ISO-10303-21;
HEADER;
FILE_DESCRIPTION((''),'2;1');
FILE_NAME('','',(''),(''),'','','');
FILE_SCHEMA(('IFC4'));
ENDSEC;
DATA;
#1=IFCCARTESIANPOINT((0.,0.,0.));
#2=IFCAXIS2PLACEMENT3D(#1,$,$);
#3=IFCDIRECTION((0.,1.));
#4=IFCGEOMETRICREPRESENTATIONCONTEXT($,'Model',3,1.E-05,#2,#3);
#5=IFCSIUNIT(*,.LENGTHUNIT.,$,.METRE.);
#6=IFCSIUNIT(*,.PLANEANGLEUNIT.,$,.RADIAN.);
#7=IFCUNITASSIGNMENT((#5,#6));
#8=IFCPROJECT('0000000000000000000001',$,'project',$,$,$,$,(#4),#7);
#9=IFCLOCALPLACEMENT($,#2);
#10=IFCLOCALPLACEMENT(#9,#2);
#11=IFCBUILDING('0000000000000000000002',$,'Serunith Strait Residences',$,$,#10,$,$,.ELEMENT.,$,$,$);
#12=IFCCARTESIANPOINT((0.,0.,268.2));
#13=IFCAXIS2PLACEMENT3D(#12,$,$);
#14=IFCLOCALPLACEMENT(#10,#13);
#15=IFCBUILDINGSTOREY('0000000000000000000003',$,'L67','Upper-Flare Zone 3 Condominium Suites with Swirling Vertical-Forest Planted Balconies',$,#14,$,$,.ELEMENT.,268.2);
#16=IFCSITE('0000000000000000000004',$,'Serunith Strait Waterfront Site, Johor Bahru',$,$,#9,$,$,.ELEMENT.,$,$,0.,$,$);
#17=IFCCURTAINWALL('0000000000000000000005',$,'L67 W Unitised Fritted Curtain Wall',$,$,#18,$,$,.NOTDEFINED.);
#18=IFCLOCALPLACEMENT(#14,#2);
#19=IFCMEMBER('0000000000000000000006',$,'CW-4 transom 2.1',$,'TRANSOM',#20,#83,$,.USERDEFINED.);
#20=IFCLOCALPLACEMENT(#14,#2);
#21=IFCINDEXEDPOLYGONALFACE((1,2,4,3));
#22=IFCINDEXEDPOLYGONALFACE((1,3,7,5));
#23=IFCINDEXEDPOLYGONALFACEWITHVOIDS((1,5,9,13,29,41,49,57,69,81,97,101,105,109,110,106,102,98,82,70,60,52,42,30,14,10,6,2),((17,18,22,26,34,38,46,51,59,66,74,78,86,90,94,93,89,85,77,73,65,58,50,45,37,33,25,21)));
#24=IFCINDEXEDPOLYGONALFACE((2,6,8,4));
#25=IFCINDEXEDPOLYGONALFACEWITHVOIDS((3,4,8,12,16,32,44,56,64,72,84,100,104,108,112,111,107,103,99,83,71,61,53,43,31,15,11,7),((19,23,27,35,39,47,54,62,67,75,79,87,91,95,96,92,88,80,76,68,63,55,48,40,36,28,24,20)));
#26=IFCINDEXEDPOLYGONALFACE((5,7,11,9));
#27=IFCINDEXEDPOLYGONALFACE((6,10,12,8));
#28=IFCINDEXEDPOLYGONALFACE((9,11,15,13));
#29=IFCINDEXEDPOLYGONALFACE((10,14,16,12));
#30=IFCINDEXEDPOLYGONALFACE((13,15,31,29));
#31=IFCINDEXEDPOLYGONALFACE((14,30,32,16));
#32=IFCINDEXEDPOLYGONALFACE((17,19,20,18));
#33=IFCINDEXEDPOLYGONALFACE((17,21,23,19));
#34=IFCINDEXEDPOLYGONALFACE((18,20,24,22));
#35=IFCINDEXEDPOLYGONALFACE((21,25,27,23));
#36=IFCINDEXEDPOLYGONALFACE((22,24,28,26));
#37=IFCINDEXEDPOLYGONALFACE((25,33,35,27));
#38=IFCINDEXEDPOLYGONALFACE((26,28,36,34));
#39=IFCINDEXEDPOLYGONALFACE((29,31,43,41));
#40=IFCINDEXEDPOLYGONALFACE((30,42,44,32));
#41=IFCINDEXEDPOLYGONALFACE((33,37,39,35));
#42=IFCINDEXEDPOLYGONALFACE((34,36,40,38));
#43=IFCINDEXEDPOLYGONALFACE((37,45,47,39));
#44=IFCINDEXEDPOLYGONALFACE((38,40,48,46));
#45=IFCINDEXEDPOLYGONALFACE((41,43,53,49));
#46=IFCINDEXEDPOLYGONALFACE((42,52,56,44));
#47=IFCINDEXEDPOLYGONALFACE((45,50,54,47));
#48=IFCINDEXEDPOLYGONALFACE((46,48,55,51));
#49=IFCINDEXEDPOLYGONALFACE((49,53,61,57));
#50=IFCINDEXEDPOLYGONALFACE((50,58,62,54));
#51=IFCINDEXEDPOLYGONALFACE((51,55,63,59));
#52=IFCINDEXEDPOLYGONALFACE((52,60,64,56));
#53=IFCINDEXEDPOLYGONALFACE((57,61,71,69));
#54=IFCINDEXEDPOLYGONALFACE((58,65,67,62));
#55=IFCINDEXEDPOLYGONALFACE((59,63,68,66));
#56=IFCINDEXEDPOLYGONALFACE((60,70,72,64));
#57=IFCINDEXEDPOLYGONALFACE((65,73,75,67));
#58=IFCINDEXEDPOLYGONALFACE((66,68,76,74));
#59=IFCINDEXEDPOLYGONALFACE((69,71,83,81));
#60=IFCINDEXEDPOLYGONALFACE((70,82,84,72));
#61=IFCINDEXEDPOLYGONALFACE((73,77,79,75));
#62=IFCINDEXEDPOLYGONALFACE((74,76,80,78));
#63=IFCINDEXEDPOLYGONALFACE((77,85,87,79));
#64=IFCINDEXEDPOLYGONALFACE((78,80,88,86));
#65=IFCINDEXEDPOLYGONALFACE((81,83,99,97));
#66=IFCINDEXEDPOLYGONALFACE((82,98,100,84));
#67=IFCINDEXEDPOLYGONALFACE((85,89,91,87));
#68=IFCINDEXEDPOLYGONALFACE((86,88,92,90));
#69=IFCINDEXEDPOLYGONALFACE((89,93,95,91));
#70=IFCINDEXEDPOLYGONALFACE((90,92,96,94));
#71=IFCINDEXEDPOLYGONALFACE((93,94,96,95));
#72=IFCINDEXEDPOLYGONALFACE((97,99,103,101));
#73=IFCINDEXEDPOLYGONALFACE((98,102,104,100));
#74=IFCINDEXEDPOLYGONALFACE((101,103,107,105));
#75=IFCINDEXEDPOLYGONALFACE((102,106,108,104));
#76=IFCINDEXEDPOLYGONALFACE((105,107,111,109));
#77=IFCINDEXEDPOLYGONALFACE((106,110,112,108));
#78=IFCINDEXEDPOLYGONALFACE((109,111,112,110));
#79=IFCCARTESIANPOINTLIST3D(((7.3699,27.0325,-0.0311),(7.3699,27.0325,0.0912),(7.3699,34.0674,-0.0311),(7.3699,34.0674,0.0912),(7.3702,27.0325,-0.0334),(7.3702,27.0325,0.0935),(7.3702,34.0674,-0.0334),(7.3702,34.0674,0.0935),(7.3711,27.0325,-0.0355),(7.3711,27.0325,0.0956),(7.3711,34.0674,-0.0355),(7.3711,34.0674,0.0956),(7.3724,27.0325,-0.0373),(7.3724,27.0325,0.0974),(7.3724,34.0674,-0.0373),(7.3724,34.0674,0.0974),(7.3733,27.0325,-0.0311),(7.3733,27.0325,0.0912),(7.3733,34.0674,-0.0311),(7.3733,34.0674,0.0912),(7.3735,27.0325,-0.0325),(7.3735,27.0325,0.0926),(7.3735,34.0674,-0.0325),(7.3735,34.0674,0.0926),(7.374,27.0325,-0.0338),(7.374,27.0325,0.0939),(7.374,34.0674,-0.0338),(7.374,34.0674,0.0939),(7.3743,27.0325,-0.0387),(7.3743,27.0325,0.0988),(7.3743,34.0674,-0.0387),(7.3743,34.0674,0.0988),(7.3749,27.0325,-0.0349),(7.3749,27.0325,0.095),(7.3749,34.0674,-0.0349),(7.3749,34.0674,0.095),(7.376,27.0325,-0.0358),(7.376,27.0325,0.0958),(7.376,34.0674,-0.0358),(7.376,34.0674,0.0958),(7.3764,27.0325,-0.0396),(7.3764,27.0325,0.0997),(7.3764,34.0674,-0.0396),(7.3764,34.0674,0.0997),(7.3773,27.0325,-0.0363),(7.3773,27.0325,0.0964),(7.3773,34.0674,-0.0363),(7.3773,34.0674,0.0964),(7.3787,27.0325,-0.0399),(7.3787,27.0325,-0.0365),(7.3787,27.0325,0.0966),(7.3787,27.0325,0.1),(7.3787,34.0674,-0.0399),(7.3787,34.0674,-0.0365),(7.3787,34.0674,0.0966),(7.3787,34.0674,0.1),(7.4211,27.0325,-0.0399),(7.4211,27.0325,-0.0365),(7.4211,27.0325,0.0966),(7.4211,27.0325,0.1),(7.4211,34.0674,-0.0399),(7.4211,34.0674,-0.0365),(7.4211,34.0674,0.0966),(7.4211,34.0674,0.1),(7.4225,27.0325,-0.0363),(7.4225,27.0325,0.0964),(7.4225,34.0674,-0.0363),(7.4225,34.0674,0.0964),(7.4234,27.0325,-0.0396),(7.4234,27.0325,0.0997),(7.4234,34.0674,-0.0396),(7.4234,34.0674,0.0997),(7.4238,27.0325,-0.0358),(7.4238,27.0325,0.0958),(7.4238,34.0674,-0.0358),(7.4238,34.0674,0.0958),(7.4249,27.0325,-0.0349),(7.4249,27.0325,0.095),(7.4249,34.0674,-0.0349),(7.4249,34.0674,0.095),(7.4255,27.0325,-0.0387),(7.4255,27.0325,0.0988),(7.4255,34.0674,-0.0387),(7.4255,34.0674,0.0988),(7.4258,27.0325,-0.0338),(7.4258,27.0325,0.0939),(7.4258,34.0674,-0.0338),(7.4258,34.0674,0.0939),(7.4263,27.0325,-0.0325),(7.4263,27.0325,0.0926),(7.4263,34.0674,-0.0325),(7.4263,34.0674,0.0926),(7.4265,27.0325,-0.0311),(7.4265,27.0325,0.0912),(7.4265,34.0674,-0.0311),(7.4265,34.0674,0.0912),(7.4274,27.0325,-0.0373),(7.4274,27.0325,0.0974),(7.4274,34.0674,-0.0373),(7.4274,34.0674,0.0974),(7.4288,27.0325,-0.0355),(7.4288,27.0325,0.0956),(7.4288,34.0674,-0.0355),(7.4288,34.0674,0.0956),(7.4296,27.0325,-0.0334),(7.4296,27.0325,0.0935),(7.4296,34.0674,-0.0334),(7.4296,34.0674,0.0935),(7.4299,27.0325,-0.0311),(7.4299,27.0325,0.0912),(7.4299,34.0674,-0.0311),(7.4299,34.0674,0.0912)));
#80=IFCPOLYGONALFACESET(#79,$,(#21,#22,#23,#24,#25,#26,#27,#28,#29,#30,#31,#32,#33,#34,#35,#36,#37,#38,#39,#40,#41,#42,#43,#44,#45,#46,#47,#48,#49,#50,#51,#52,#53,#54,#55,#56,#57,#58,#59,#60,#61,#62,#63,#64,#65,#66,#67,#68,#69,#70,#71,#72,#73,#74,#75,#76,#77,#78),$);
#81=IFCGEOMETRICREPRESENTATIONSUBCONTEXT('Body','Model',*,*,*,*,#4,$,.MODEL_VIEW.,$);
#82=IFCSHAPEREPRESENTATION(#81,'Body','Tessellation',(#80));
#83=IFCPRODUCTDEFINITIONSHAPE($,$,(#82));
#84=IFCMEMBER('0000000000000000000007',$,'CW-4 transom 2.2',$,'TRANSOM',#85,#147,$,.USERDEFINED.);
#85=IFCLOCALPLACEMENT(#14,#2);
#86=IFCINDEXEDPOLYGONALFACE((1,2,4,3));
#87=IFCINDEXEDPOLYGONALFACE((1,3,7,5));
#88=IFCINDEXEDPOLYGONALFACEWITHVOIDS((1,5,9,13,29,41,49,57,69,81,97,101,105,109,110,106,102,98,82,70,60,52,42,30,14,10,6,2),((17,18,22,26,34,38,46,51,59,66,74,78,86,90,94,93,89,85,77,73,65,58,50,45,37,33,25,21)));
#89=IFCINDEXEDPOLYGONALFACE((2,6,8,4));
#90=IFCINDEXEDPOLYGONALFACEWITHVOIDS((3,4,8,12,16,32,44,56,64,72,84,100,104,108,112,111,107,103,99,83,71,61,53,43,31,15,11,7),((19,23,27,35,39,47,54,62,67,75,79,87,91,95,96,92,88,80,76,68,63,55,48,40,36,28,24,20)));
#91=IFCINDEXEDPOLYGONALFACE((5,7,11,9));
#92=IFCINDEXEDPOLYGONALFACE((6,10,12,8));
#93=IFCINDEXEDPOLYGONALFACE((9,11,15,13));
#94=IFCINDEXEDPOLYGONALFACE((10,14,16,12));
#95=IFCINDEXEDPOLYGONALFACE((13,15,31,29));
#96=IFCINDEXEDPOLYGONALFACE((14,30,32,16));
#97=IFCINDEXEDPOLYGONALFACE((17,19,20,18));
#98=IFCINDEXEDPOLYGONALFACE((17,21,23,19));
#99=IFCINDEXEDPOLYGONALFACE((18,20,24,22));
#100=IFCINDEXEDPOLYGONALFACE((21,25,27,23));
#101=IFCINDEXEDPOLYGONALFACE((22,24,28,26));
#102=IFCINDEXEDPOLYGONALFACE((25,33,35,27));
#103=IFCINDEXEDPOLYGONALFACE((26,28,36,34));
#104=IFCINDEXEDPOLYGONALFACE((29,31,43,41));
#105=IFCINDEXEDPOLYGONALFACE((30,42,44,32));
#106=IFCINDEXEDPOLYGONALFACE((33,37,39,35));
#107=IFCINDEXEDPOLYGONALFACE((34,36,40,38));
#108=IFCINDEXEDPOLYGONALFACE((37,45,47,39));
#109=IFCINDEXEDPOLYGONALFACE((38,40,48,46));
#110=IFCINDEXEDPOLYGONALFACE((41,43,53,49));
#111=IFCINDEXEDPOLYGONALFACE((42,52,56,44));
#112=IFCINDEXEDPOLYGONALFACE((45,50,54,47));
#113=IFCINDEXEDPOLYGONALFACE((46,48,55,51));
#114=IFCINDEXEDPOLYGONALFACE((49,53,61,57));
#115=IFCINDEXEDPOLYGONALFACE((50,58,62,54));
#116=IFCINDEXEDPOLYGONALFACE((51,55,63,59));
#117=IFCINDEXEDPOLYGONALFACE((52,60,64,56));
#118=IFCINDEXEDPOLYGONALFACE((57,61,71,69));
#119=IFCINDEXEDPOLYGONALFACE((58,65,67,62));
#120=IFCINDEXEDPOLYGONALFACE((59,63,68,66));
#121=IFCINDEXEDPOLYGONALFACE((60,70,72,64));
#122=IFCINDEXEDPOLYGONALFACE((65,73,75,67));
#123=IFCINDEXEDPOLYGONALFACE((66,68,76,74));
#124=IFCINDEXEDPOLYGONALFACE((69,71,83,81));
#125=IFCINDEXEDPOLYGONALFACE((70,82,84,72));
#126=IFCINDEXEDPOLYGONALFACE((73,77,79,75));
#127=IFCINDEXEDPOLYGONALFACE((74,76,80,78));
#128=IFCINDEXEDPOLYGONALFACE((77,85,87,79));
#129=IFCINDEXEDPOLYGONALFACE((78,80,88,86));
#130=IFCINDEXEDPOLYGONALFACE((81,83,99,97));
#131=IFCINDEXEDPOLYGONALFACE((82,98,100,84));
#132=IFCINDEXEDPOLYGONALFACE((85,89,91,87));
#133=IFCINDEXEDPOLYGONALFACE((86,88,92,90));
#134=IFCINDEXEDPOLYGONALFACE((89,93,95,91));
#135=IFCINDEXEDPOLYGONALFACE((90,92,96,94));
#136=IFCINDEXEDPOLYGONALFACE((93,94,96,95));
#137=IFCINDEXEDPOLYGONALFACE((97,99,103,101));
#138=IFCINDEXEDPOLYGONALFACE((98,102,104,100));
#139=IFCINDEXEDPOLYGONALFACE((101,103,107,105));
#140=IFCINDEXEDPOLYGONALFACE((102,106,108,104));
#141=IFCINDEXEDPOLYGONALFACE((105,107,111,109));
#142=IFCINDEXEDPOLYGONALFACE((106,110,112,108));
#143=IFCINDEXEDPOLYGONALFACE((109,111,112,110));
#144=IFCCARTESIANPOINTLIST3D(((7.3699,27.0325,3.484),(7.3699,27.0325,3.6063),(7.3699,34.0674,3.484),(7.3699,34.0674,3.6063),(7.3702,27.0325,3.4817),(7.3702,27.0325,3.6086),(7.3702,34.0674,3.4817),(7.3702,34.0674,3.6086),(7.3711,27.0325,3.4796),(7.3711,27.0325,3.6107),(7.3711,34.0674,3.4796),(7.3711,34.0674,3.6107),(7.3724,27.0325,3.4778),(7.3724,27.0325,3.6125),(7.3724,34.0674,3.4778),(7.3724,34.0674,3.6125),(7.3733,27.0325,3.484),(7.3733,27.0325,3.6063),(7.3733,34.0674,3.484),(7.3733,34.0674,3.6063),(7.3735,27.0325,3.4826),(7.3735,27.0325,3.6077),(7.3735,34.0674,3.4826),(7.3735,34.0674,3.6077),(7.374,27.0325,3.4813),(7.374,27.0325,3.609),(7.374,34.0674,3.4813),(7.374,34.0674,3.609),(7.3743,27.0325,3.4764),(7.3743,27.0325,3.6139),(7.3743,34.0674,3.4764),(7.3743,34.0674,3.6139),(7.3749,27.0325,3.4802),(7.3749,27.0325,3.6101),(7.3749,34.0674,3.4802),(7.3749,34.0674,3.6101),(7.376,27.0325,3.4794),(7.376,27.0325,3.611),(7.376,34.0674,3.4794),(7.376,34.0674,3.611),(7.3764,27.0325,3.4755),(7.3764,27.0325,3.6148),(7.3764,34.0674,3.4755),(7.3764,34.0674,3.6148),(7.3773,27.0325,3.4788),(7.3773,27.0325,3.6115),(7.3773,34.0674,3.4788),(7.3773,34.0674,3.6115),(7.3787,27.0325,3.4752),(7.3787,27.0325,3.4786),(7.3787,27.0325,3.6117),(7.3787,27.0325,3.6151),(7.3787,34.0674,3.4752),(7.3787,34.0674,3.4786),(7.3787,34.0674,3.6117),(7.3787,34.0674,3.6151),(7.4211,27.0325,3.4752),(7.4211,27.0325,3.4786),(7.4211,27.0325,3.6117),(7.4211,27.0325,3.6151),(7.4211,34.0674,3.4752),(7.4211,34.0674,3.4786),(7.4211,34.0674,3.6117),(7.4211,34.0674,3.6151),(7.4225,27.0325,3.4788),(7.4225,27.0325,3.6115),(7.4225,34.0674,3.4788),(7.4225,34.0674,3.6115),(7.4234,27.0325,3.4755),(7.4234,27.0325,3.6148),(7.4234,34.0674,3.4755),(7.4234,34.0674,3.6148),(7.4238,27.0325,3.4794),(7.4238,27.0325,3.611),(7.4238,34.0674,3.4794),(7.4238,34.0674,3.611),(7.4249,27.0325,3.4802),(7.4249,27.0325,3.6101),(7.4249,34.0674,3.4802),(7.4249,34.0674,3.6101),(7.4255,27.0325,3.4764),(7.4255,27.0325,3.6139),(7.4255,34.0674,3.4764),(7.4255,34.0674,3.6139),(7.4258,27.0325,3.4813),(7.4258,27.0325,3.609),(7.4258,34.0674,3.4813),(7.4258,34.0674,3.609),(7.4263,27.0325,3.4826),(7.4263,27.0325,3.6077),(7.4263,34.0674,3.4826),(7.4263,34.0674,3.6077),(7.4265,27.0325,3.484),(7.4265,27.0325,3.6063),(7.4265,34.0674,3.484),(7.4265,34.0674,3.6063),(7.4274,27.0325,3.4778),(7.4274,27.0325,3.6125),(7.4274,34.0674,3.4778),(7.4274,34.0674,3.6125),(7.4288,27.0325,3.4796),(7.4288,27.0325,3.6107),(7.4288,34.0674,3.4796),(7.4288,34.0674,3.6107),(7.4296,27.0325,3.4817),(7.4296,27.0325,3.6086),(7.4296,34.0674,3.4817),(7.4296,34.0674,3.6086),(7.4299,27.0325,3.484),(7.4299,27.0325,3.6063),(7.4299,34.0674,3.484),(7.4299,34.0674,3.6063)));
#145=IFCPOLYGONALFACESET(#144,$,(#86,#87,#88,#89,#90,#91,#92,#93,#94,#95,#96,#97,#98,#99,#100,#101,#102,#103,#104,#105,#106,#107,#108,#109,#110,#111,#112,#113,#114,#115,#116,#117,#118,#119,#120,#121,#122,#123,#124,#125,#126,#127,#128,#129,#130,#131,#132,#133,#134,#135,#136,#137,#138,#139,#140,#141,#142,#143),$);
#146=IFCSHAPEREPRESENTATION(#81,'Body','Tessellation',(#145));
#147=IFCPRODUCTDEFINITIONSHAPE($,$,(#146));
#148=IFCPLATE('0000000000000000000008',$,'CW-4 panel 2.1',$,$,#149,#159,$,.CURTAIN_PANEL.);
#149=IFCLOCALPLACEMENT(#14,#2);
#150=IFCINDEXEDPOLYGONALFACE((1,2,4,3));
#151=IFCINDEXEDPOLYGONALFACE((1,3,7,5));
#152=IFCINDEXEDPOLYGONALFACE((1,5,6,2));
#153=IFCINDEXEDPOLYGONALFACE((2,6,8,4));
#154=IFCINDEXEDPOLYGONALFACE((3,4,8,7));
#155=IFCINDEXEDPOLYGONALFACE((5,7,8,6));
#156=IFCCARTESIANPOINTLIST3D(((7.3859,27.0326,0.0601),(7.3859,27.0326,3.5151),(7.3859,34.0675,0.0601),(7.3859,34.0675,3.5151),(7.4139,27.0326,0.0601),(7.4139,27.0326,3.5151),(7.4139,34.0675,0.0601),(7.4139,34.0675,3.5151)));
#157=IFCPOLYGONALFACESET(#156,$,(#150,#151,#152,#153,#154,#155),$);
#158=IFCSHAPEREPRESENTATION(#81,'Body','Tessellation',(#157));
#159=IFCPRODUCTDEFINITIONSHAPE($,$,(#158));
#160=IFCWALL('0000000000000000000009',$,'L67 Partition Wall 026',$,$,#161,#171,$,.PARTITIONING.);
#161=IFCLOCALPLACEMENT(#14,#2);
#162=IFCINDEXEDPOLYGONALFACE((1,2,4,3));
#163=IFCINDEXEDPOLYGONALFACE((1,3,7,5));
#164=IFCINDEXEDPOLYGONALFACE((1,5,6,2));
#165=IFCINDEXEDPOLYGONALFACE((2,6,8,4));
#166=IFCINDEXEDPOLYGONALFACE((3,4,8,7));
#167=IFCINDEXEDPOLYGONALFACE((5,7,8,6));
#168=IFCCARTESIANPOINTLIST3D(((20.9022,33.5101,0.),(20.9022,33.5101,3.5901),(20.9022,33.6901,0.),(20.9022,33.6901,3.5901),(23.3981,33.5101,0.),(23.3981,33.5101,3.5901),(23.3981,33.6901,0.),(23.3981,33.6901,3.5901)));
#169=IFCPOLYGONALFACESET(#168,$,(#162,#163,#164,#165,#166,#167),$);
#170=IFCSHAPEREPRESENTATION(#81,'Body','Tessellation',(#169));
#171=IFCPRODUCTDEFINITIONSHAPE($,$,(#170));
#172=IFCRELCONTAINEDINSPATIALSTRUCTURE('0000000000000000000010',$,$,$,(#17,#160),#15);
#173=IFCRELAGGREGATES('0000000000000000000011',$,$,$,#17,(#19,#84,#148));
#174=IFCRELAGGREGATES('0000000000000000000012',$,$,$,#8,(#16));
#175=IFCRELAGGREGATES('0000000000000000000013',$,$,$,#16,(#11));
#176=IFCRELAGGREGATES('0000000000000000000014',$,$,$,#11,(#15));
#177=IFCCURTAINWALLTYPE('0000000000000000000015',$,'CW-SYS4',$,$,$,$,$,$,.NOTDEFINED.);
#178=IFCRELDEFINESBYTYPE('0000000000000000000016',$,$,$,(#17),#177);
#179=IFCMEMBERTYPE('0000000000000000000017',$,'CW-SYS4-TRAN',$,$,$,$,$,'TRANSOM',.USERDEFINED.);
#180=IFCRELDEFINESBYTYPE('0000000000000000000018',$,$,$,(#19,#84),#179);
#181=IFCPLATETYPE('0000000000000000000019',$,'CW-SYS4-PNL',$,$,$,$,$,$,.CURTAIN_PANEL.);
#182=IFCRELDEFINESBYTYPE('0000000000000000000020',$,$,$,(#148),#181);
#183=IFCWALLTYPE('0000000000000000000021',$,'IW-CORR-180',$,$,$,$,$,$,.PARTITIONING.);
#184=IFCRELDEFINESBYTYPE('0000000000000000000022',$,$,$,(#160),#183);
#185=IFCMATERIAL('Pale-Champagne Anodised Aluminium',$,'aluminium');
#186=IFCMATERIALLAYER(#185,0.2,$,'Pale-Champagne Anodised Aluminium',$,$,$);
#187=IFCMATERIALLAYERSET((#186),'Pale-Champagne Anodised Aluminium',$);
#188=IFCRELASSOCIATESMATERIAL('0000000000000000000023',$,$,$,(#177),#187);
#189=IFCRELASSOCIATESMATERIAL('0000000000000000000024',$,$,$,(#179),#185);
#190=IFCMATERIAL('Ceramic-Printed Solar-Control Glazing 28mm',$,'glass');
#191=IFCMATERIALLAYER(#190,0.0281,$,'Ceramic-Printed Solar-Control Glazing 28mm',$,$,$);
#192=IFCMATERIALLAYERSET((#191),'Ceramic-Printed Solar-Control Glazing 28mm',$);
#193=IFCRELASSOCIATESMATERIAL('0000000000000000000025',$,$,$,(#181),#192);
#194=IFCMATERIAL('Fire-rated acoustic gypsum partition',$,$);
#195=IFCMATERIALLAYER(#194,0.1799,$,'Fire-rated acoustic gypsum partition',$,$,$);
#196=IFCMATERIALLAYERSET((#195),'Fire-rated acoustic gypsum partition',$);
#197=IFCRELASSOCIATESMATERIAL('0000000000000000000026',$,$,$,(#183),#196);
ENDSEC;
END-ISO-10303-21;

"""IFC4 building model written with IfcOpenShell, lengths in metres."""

from ifc_helpers import new_model, si_unit, direction, frame, frame_2d, origin, origin_2d, place, context, subcontext, project, spatial, rectangle, hollow_rectangle, extrude, source, transform, mapped, material, layer, layer_set, material_profile, profile_set, type_object, element, aggregate, save


model = new_model("IFC4")

# Units and contexts
model_context = context("Model", 3, precision=1e-05, world=origin(), true_north=direction((0.0, 1.0)))
body_context = subcontext(model_context, "Body", "Model", "MODEL_VIEW")
ifc_project = project(units=[si_unit("LENGTHUNIT", "METRE"), si_unit("PLANEANGLEUNIT", "RADIAN")], contexts=[model_context])

# Site, building, storey
site_placement = place(None, origin())
site = spatial("IfcSite", under=ifc_project, at=site_placement, Name="Serunith Strait Waterfront Site, Johor Bahru", CompositionType="ELEMENT", RefElevation=0.0)
building_placement = place(site_placement, origin())
building = spatial("IfcBuilding", under=site, at=building_placement, Name="Serunith Strait Residences", CompositionType="ELEMENT")
storey_placement = place(building_placement, frame((0.0, 0.0, 268.2)))
storey = spatial("IfcBuildingStorey", under=building, at=storey_placement, Name="L67", Description="Upper-Flare Zone 3 Condominium Suites with Swirling Vertical-Forest Planted Balconies", CompositionType="ELEMENT", Elevation=268.2)

# Curtain wall, members, plate
ifc_material_1 = material(Name="Pale-Champagne Anodised Aluminium", Category="aluminium")
ifc_layer_1 = layer(ifc_material_1, 0.2, Name="Pale-Champagne Anodised Aluminium")
ifc_layer_set_1 = layer_set([ifc_layer_1], Name="Pale-Champagne Anodised Aluminium")
curtain_wall_type = type_object("IfcCurtainWallType", Name="CW-SYS4", PredefinedType="NOTDEFINED", material=ifc_layer_set_1)
curtain_wall_placement = place(storey_placement, origin())
curtain_wall = element("IfcCurtainWall", 1, at=curtain_wall_placement, inside=storey, type_object=curtain_wall_type, Name="L67 W Unitised Fritted Curtain Wall", PredefinedType="NOTDEFINED")
ifc_material_profile_1 = material_profile(ifc_material_1, hollow_rectangle(XDim=0.0601, YDim=0.1399, WallThickness=0.0034, InnerFilletRadius=0.0054, OuterFilletRadius=0.0088, at=origin_2d()), Name="ALU 140x60x3.5")
ifc_profile_set_1 = profile_set([ifc_material_profile_1], Name="Pale-Champagne Anodised Aluminium")
member_type_1 = type_object("IfcMemberType", Name="CW-SYS4-TRAN", ElementType="TRANSOM", PredefinedType="USERDEFINED", material=ifc_profile_set_1)
shared_shape_1 = source(origin(), body_context, "Body", "SweptSolid", [
    extrude(hollow_rectangle(XDim=0.0601, YDim=0.1399, WallThickness=0.0034, InnerFilletRadius=0.0054, OuterFilletRadius=0.0088, at=origin_2d()), origin(), (0.0, 0.0, 1.0), 7.0349),
])
member_1_placement = place(storey_placement, frame((7.3999, 34.0674, 0.03), z_axis=(0.0, -1.0, 0.0), x_axis=(1.0, 0.0, 0.0)))
member_1 = element("IfcMember", 2, at=member_1_placement, type_object=member_type_1, Name="CW-4 transom 2.1", ObjectType="TRANSOM", PredefinedType="USERDEFINED", context=body_context, shape_type="MappedRepresentation", body=[
    mapped(shared_shape_1, transform((0.0, 0.0, 0.0), scale=1.0)),
])
member_2_placement = place(storey_placement, frame((7.3999, 34.0674, 3.5452), z_axis=(0.0, -1.0, 0.0), x_axis=(1.0, 0.0, 0.0)))
member_2 = element("IfcMember", 3, at=member_2_placement, type_object=member_type_1, Name="CW-4 transom 2.2", ObjectType="TRANSOM", PredefinedType="USERDEFINED", context=body_context, shape_type="MappedRepresentation", body=[
    mapped(shared_shape_1, transform((0.0, 0.0, 0.0), scale=1.0)),
])
ifc_material_2 = material(Name="Ceramic-Printed Solar-Control Glazing 28mm", Category="glass")
ifc_layer_2 = layer(ifc_material_2, 0.0281, Name="Ceramic-Printed Solar-Control Glazing 28mm")
ifc_layer_set_2 = layer_set([ifc_layer_2], Name="Ceramic-Printed Solar-Control Glazing 28mm")
plate_type = type_object("IfcPlateType", Name="CW-SYS4-PNL", PredefinedType="CURTAIN_PANEL", material=ifc_layer_set_2)
shared_shape_2 = source(origin(), body_context, "Body", "SweptSolid", [
    extrude(rectangle(XDim=7.0349, YDim=0.0281, at=origin_2d()), origin(), (0.0, 0.0, 1.0), 3.4551),
])
plate_placement = place(storey_placement, frame((7.3999, 30.55, 0.0601), z_axis=(0.0, 0.0, 1.0), x_axis=(0.0, -1.0, 0.0)))
plate = element("IfcPlate", 4, at=plate_placement, type_object=plate_type, Name="CW-4 panel 2.1", PredefinedType="CURTAIN_PANEL", context=body_context, shape_type="MappedRepresentation", body=[
    mapped(shared_shape_2, transform((0.0, 0.0, 0.0), scale=1.0)),
])
aggregate(curtain_wall, [member_1, member_2, plate])

# Wall
ifc_material_3 = material(Name="Fire-rated acoustic gypsum partition")
ifc_layer_3 = layer(ifc_material_3, 0.1799, Name="Fire-rated acoustic gypsum partition")
ifc_layer_set_3 = layer_set([ifc_layer_3], Name="Fire-rated acoustic gypsum partition")
wall_type_1 = type_object("IfcWallType", Name="IW-CORR-180", PredefinedType="PARTITIONING", material=ifc_layer_set_3)
wall_1_placement = place(storey_placement, frame((20.9021, 33.6001, 0.0), z_axis=(0.0, 0.0, 1.0), x_axis=(1.0, 0.0, 0.0)))
element("IfcWall", 5, at=wall_1_placement, inside=storey, type_object=wall_type_1, Name="L67 Partition Wall 026", PredefinedType="PARTITIONING", context=body_context, shape_type="SweptSolid", body=[
    extrude(rectangle(XDim=2.4958, YDim=0.1799, at=frame_2d((1.248, 0.0))), origin(), (0.0, 0.0, 1.0), 3.5901),
])

save(model, "model.ifc")
